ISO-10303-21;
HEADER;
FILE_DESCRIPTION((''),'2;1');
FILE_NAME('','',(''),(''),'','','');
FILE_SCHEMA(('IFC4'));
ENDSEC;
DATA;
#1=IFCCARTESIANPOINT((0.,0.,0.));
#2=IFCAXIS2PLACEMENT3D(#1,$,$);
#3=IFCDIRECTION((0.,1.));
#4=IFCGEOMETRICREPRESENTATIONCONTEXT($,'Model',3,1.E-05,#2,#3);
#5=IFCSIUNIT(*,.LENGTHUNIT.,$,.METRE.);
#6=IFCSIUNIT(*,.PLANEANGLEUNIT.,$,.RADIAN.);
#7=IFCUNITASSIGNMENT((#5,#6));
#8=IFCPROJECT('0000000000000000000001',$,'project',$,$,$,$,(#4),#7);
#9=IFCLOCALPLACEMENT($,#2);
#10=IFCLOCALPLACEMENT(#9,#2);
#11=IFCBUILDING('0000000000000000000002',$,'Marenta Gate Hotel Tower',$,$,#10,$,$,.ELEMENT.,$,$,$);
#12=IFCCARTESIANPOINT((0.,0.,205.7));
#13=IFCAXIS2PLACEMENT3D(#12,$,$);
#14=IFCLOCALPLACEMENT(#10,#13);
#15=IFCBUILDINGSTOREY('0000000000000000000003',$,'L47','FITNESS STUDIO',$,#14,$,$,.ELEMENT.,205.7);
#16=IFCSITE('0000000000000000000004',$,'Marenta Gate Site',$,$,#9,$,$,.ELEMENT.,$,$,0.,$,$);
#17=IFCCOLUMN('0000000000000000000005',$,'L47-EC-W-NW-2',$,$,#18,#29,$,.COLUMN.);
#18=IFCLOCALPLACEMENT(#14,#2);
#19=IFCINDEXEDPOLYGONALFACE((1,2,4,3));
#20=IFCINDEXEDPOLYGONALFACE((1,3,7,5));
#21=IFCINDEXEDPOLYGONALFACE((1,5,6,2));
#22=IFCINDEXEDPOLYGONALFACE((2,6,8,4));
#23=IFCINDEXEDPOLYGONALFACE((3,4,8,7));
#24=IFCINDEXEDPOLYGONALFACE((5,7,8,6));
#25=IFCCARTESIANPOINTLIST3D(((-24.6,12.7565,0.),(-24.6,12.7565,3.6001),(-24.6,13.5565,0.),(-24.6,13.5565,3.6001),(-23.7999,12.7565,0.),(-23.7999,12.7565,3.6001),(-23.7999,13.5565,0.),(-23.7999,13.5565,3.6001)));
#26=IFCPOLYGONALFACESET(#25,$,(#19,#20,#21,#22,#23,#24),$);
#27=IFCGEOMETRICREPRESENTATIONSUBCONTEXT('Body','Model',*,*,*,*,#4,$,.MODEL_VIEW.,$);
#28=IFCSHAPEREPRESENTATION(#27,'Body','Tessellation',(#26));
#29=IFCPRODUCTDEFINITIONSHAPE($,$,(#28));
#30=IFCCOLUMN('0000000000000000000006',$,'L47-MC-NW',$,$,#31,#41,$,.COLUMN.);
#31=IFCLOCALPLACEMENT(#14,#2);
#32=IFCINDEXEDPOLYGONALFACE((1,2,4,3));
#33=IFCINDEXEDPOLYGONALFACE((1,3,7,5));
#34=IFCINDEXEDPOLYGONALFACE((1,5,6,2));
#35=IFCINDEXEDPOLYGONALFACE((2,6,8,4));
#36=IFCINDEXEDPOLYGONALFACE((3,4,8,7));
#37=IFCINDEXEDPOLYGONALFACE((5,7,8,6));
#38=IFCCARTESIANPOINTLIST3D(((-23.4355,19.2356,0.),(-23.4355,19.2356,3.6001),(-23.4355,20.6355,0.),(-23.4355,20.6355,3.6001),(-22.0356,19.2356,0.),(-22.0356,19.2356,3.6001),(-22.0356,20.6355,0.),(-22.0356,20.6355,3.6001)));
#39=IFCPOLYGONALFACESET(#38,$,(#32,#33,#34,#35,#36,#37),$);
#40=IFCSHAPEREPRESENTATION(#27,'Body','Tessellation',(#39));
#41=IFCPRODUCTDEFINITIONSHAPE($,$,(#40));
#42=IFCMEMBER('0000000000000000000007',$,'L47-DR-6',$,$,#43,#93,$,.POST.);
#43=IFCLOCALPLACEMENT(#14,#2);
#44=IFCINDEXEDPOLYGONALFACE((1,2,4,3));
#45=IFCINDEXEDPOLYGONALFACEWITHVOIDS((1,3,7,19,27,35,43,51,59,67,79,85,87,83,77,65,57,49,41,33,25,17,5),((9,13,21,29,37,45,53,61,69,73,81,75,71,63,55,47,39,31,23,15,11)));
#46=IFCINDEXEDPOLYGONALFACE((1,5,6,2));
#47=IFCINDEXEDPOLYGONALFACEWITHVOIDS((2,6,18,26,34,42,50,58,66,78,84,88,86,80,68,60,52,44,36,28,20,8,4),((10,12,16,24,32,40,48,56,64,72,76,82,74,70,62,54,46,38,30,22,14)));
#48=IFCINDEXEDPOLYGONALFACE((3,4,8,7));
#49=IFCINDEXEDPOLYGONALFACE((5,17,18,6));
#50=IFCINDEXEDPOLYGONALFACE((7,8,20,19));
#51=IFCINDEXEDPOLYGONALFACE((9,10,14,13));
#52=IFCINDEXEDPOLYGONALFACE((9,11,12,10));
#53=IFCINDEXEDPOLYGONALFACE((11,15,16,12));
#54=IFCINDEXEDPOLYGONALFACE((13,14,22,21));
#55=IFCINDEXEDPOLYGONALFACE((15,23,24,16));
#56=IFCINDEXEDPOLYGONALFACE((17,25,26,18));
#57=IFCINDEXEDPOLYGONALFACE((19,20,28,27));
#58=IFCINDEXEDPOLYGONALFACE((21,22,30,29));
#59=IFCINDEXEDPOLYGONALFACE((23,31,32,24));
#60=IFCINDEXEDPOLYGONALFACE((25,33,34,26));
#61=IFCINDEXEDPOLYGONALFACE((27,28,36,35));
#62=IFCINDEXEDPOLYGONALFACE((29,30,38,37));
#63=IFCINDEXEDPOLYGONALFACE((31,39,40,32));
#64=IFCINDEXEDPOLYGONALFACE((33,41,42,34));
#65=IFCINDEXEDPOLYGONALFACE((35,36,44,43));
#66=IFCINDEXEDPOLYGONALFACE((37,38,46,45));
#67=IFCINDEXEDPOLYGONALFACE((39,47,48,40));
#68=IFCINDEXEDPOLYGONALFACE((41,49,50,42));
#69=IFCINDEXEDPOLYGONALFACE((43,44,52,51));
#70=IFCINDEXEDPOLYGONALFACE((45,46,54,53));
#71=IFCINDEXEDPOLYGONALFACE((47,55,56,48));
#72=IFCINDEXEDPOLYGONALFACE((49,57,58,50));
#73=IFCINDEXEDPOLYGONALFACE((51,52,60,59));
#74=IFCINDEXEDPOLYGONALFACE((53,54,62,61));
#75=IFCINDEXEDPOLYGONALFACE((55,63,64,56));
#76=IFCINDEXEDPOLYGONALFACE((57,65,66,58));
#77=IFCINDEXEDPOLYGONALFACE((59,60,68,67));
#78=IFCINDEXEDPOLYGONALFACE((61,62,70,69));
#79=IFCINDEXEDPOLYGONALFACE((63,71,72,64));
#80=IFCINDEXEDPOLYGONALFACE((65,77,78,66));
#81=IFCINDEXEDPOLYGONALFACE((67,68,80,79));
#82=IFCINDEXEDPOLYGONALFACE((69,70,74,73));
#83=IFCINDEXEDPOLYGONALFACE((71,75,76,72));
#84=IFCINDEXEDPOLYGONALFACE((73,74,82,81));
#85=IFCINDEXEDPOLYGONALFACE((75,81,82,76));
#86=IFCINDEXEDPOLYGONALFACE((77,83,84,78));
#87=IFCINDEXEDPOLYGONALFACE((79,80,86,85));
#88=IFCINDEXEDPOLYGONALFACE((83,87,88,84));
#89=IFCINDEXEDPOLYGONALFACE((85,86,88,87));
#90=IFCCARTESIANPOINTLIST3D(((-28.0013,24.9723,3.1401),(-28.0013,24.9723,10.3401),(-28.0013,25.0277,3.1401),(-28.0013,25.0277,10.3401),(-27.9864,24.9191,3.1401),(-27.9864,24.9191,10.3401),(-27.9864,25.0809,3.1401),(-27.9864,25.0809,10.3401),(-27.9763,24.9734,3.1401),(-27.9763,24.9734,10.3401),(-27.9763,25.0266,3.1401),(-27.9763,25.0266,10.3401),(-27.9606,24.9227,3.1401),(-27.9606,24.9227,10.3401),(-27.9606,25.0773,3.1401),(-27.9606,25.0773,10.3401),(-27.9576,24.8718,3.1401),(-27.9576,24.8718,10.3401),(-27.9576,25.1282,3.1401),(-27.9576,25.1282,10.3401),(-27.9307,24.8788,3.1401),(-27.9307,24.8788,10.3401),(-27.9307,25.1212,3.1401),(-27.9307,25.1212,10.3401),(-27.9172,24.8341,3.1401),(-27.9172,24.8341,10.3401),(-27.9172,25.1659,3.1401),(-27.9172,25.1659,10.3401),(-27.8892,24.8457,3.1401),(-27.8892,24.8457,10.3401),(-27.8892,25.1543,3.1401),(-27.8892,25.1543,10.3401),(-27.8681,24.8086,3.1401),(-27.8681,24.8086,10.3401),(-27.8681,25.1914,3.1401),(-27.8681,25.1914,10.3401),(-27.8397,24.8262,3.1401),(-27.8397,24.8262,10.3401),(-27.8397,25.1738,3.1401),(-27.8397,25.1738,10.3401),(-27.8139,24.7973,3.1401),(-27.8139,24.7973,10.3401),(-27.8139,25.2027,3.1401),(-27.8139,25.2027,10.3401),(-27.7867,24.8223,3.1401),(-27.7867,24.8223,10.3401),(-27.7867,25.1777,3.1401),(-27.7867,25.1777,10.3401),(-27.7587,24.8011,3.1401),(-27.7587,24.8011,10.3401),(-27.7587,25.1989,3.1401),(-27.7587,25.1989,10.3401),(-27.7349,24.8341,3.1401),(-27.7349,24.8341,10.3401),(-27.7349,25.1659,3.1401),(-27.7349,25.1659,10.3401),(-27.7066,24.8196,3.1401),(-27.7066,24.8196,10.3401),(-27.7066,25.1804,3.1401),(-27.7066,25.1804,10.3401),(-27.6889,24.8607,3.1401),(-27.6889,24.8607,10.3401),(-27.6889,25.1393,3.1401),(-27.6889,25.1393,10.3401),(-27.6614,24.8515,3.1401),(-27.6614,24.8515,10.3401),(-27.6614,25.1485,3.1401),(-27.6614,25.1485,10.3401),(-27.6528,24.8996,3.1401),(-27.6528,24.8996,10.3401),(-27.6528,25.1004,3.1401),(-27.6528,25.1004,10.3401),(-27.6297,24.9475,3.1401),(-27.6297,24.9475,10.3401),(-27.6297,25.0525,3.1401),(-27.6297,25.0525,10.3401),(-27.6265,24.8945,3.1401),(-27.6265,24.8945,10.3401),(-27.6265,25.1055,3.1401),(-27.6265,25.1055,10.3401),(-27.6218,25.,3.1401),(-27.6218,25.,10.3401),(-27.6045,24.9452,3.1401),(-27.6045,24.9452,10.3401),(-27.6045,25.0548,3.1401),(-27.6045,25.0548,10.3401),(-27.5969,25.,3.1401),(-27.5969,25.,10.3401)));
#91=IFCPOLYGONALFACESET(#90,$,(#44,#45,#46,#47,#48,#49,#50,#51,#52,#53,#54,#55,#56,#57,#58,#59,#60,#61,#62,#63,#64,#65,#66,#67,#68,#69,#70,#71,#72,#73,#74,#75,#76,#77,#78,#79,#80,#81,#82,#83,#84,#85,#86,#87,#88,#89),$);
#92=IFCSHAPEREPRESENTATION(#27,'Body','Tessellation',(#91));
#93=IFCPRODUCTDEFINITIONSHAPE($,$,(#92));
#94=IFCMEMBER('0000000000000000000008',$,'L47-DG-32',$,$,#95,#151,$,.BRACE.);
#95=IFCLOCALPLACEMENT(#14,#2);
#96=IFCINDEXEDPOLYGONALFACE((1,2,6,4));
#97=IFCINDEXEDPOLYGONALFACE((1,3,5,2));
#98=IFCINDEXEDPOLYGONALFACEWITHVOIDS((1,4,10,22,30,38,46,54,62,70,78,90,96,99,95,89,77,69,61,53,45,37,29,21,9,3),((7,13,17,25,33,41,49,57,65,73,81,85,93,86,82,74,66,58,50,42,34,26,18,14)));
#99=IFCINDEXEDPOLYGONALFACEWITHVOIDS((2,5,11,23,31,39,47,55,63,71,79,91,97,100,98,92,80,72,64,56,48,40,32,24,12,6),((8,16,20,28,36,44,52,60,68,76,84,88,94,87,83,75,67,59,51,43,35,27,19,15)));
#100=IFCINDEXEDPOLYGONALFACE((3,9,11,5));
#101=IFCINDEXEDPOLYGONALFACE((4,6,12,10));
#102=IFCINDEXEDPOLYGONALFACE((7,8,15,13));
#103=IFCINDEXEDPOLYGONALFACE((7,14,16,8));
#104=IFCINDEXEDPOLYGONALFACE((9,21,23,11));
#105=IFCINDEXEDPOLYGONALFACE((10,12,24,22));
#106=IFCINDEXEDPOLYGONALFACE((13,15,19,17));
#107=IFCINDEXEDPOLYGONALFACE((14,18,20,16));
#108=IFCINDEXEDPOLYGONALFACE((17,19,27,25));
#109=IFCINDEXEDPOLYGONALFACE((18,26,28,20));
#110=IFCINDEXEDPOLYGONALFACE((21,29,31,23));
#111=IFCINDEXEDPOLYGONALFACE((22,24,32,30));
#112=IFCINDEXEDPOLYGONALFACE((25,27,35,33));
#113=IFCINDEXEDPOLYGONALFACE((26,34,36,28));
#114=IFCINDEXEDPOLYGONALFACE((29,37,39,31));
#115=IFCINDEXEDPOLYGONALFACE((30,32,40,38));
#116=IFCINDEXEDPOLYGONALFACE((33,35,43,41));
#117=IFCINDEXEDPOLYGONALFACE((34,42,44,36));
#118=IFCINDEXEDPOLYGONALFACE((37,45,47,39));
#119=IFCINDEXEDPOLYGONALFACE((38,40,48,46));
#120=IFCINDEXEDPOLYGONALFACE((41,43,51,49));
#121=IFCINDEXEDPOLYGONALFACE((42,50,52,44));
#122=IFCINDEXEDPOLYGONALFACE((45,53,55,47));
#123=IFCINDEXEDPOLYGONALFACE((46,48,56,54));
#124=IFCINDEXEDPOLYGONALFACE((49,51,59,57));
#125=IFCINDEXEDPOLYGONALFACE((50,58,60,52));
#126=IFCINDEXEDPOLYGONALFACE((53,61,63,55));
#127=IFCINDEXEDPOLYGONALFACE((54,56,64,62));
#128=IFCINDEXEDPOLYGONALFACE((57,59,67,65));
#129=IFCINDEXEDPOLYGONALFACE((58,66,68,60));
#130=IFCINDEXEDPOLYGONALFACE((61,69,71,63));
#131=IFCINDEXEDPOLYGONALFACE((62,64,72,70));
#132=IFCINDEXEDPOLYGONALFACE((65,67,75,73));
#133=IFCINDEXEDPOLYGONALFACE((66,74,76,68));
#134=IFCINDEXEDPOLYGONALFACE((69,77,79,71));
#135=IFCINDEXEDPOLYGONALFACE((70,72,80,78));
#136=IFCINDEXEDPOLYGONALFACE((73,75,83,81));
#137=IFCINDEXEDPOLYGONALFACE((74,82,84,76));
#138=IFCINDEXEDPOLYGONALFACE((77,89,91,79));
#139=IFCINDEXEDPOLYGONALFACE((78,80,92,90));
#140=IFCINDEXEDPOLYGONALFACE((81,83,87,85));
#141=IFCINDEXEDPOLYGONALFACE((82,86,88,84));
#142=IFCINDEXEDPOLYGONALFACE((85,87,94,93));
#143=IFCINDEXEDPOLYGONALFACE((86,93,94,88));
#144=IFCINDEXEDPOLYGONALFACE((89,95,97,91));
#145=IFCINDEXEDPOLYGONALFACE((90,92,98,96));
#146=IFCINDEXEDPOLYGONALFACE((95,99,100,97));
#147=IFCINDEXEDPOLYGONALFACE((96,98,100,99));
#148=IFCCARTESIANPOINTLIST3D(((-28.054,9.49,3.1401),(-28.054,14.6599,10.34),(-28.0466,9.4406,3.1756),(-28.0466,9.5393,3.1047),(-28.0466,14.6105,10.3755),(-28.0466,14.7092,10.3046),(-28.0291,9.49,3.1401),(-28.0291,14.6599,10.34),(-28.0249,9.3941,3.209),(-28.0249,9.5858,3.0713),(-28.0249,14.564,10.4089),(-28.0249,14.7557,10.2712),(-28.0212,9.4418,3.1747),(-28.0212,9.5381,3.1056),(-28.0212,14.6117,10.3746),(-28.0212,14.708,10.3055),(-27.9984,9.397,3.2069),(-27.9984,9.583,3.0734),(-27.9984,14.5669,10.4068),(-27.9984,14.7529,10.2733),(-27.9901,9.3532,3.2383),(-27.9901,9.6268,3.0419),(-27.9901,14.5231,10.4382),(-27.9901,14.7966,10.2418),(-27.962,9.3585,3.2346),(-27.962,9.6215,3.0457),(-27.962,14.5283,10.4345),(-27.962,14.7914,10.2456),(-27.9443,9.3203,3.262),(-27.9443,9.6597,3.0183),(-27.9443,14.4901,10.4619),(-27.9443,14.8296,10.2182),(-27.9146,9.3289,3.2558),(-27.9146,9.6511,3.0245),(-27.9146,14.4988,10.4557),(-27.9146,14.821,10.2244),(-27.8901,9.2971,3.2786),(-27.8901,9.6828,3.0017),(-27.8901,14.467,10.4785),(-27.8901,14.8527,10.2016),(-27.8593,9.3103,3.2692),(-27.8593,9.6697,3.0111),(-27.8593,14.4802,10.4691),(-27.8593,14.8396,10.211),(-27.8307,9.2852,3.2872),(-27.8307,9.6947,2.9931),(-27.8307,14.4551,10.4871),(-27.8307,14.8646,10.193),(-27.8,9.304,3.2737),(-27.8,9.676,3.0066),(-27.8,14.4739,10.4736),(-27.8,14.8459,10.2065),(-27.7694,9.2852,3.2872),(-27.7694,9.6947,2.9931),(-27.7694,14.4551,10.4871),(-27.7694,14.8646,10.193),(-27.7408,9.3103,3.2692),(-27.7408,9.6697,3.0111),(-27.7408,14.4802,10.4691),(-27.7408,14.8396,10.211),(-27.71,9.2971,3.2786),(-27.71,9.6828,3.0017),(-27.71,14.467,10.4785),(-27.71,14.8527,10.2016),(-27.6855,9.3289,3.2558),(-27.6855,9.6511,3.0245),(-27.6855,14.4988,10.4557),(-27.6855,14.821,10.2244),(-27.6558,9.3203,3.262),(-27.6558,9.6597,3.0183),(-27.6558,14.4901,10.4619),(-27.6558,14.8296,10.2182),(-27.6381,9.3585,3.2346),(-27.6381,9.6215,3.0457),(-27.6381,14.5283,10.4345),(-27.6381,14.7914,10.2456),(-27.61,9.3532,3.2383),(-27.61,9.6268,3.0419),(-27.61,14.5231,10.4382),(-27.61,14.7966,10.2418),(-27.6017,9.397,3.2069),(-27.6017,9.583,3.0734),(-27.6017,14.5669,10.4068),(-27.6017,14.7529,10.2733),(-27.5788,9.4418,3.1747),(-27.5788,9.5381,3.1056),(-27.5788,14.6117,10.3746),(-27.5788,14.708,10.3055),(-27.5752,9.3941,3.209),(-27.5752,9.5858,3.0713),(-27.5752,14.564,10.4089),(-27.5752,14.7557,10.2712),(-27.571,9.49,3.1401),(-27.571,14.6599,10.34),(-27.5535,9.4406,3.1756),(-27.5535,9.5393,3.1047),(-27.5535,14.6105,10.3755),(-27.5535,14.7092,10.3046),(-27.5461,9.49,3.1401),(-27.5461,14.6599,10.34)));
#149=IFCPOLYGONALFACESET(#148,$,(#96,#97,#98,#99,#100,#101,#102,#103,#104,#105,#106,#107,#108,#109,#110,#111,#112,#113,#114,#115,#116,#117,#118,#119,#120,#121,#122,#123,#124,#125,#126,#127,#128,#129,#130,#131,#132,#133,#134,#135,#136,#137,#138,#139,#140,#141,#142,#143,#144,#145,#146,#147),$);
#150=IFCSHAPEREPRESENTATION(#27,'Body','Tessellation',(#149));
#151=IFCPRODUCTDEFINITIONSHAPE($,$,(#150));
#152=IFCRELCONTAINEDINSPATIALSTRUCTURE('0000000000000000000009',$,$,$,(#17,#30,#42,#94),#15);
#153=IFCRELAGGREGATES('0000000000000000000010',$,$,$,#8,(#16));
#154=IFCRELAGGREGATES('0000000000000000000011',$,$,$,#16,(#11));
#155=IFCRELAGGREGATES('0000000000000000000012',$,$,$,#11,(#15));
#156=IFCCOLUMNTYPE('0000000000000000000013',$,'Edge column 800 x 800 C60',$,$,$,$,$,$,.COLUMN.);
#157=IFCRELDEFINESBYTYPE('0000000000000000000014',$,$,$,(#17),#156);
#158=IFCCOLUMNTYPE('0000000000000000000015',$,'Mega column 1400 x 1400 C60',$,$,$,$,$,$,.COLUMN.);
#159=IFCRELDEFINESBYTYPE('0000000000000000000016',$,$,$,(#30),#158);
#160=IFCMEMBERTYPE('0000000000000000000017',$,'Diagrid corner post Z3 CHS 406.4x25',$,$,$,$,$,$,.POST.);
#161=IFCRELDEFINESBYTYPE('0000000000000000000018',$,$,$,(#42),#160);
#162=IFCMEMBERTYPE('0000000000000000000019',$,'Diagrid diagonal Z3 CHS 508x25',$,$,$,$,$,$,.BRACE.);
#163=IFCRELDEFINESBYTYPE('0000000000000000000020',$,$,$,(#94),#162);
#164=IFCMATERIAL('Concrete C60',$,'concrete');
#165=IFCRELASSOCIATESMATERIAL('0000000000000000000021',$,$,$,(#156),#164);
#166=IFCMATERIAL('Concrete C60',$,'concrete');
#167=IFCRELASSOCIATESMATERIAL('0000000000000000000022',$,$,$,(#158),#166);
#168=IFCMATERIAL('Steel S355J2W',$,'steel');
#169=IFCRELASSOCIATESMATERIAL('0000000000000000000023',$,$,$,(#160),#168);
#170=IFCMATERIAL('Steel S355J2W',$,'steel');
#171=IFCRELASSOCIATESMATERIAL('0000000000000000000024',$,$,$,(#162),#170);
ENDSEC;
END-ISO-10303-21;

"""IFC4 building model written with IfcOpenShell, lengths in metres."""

from ifc_helpers import new_model, si_unit, direction, frame, origin, origin_2d, place, context, subcontext, project, spatial, rectangle, hollow_circle, extrude, material, material_profile, profile_set, type_object, element, save


model = new_model("IFC4")

# Units and contexts
model_context = context("Model", 3, precision=1e-05, world=origin(), true_north=direction((0.0, 1.0)))
body_context = subcontext(model_context, "Body", "Model", "MODEL_VIEW")
ifc_project = project(units=[si_unit("LENGTHUNIT", "METRE"), si_unit("PLANEANGLEUNIT", "RADIAN")], contexts=[model_context])

# Site, building, storey
site_placement = place(None, origin())
site = spatial("IfcSite", under=ifc_project, at=site_placement, Name="Marenta Gate Site", CompositionType="ELEMENT", RefElevation=0.0)
building_placement = place(site_placement, origin())
building = spatial("IfcBuilding", under=site, at=building_placement, Name="Marenta Gate Hotel Tower", CompositionType="ELEMENT")
storey_placement = place(building_placement, frame((0.0, 0.0, 205.7)))
storey = spatial("IfcBuildingStorey", under=building, at=storey_placement, Name="L47", Description="FITNESS STUDIO", CompositionType="ELEMENT", Elevation=205.7)

# Columns
ifc_material_1 = material(Name="Concrete C60", Category="concrete")
ifc_material_profile_1 = material_profile(ifc_material_1, rectangle(XDim=0.8, YDim=0.8, at=origin_2d()), Name="800 x 800")
ifc_profile_set_1 = profile_set([ifc_material_profile_1], Name="Concrete C60")
column_type_1 = type_object("IfcColumnType", Name="Edge column 800 x 800 C60", PredefinedType="COLUMN", material=ifc_profile_set_1)
column_1_placement = place(storey_placement, frame((-24.2, 13.1565, 0.0), z_axis=(0.0, 0.0, 1.0), x_axis=(1.0, 0.0, 0.0)))
element("IfcColumn", 1, at=column_1_placement, inside=storey, type_object=column_type_1, Name="L47-EC-W-NW-2", PredefinedType="COLUMN", context=body_context, shape_type="SweptSolid", body=[
    extrude(rectangle(XDim=0.8, YDim=0.8, at=origin_2d()), origin(), (0.0, 0.0, 1.0), 3.6001),
])
ifc_material_2 = material(Name="Concrete C60", Category="concrete")
ifc_material_profile_2 = material_profile(ifc_material_2, rectangle(XDim=1.3999, YDim=1.3999, at=origin_2d()), Name="1400 x 1400")
ifc_profile_set_2 = profile_set([ifc_material_profile_2], Name="Concrete C60")
column_type_2 = type_object("IfcColumnType", Name="Mega column 1400 x 1400 C60", PredefinedType="COLUMN", material=ifc_profile_set_2)
column_2_placement = place(storey_placement, frame((-22.7356, 19.9355, 0.0), z_axis=(0.0, 0.0, 1.0), x_axis=(1.0, 0.0, 0.0)))
element("IfcColumn", 2, at=column_2_placement, inside=storey, type_object=column_type_2, Name="L47-MC-NW", PredefinedType="COLUMN", context=body_context, shape_type="SweptSolid", body=[
    extrude(rectangle(XDim=1.3999, YDim=1.3999, at=origin_2d()), origin(), (0.0, 0.0, 1.0), 3.6001),
])

# Members
ifc_material_3 = material(Name="Steel S355J2W", Category="steel")
ifc_material_profile_3 = material_profile(ifc_material_3, hollow_circle(Radius=0.2031, WallThickness=0.0249, at=origin_2d()), Name="CHS 406.4x25")
ifc_profile_set_3 = profile_set([ifc_material_profile_3], Name="Steel S355J2W")
member_type_1 = type_object("IfcMemberType", Name="Diagrid corner post Z3 CHS 406.4x25", PredefinedType="POST", material=ifc_profile_set_3)
member_1_placement = place(storey_placement, frame((-27.8, 25.0, 3.1401), z_axis=(0.0, 0.0, 1.0), x_axis=(1.0, 0.0, 0.0)))
element("IfcMember", 3, at=member_1_placement, inside=storey, type_object=member_type_1, Name="L47-DR-6", PredefinedType="POST", context=body_context, shape_type="SweptSolid", body=[
    extrude(hollow_circle(Radius=0.2031, WallThickness=0.0249, at=origin_2d()), origin(), (0.0, 0.0, 1.0), 7.2),
])
ifc_material_4 = material(Name="Steel S355J2W", Category="steel")
ifc_material_profile_4 = material_profile(ifc_material_4, hollow_circle(Radius=0.2539, WallThickness=0.0249, at=origin_2d()), Name="CHS 508x25")
ifc_profile_set_4 = profile_set([ifc_material_profile_4], Name="Steel S355J2W")
member_type_2 = type_object("IfcMemberType", Name="Diagrid diagonal Z3 CHS 508x25", PredefinedType="BRACE", material=ifc_profile_set_4)
member_2_placement = place(storey_placement, frame((-27.8, 9.49, 3.1401), z_axis=(0.0, 0.583261, 0.812285), x_axis=(-1.0, 0.0, 0.0)))
element("IfcMember", 4, at=member_2_placement, inside=storey, type_object=member_type_2, Name="L47-DG-32", PredefinedType="BRACE", context=body_context, shape_type="SweptSolid", body=[
    extrude(hollow_circle(Radius=0.2539, WallThickness=0.0249, at=origin_2d()), origin(), (0.0, 0.0, 1.0), 8.8638),
])

save(model, "model.ifc")
